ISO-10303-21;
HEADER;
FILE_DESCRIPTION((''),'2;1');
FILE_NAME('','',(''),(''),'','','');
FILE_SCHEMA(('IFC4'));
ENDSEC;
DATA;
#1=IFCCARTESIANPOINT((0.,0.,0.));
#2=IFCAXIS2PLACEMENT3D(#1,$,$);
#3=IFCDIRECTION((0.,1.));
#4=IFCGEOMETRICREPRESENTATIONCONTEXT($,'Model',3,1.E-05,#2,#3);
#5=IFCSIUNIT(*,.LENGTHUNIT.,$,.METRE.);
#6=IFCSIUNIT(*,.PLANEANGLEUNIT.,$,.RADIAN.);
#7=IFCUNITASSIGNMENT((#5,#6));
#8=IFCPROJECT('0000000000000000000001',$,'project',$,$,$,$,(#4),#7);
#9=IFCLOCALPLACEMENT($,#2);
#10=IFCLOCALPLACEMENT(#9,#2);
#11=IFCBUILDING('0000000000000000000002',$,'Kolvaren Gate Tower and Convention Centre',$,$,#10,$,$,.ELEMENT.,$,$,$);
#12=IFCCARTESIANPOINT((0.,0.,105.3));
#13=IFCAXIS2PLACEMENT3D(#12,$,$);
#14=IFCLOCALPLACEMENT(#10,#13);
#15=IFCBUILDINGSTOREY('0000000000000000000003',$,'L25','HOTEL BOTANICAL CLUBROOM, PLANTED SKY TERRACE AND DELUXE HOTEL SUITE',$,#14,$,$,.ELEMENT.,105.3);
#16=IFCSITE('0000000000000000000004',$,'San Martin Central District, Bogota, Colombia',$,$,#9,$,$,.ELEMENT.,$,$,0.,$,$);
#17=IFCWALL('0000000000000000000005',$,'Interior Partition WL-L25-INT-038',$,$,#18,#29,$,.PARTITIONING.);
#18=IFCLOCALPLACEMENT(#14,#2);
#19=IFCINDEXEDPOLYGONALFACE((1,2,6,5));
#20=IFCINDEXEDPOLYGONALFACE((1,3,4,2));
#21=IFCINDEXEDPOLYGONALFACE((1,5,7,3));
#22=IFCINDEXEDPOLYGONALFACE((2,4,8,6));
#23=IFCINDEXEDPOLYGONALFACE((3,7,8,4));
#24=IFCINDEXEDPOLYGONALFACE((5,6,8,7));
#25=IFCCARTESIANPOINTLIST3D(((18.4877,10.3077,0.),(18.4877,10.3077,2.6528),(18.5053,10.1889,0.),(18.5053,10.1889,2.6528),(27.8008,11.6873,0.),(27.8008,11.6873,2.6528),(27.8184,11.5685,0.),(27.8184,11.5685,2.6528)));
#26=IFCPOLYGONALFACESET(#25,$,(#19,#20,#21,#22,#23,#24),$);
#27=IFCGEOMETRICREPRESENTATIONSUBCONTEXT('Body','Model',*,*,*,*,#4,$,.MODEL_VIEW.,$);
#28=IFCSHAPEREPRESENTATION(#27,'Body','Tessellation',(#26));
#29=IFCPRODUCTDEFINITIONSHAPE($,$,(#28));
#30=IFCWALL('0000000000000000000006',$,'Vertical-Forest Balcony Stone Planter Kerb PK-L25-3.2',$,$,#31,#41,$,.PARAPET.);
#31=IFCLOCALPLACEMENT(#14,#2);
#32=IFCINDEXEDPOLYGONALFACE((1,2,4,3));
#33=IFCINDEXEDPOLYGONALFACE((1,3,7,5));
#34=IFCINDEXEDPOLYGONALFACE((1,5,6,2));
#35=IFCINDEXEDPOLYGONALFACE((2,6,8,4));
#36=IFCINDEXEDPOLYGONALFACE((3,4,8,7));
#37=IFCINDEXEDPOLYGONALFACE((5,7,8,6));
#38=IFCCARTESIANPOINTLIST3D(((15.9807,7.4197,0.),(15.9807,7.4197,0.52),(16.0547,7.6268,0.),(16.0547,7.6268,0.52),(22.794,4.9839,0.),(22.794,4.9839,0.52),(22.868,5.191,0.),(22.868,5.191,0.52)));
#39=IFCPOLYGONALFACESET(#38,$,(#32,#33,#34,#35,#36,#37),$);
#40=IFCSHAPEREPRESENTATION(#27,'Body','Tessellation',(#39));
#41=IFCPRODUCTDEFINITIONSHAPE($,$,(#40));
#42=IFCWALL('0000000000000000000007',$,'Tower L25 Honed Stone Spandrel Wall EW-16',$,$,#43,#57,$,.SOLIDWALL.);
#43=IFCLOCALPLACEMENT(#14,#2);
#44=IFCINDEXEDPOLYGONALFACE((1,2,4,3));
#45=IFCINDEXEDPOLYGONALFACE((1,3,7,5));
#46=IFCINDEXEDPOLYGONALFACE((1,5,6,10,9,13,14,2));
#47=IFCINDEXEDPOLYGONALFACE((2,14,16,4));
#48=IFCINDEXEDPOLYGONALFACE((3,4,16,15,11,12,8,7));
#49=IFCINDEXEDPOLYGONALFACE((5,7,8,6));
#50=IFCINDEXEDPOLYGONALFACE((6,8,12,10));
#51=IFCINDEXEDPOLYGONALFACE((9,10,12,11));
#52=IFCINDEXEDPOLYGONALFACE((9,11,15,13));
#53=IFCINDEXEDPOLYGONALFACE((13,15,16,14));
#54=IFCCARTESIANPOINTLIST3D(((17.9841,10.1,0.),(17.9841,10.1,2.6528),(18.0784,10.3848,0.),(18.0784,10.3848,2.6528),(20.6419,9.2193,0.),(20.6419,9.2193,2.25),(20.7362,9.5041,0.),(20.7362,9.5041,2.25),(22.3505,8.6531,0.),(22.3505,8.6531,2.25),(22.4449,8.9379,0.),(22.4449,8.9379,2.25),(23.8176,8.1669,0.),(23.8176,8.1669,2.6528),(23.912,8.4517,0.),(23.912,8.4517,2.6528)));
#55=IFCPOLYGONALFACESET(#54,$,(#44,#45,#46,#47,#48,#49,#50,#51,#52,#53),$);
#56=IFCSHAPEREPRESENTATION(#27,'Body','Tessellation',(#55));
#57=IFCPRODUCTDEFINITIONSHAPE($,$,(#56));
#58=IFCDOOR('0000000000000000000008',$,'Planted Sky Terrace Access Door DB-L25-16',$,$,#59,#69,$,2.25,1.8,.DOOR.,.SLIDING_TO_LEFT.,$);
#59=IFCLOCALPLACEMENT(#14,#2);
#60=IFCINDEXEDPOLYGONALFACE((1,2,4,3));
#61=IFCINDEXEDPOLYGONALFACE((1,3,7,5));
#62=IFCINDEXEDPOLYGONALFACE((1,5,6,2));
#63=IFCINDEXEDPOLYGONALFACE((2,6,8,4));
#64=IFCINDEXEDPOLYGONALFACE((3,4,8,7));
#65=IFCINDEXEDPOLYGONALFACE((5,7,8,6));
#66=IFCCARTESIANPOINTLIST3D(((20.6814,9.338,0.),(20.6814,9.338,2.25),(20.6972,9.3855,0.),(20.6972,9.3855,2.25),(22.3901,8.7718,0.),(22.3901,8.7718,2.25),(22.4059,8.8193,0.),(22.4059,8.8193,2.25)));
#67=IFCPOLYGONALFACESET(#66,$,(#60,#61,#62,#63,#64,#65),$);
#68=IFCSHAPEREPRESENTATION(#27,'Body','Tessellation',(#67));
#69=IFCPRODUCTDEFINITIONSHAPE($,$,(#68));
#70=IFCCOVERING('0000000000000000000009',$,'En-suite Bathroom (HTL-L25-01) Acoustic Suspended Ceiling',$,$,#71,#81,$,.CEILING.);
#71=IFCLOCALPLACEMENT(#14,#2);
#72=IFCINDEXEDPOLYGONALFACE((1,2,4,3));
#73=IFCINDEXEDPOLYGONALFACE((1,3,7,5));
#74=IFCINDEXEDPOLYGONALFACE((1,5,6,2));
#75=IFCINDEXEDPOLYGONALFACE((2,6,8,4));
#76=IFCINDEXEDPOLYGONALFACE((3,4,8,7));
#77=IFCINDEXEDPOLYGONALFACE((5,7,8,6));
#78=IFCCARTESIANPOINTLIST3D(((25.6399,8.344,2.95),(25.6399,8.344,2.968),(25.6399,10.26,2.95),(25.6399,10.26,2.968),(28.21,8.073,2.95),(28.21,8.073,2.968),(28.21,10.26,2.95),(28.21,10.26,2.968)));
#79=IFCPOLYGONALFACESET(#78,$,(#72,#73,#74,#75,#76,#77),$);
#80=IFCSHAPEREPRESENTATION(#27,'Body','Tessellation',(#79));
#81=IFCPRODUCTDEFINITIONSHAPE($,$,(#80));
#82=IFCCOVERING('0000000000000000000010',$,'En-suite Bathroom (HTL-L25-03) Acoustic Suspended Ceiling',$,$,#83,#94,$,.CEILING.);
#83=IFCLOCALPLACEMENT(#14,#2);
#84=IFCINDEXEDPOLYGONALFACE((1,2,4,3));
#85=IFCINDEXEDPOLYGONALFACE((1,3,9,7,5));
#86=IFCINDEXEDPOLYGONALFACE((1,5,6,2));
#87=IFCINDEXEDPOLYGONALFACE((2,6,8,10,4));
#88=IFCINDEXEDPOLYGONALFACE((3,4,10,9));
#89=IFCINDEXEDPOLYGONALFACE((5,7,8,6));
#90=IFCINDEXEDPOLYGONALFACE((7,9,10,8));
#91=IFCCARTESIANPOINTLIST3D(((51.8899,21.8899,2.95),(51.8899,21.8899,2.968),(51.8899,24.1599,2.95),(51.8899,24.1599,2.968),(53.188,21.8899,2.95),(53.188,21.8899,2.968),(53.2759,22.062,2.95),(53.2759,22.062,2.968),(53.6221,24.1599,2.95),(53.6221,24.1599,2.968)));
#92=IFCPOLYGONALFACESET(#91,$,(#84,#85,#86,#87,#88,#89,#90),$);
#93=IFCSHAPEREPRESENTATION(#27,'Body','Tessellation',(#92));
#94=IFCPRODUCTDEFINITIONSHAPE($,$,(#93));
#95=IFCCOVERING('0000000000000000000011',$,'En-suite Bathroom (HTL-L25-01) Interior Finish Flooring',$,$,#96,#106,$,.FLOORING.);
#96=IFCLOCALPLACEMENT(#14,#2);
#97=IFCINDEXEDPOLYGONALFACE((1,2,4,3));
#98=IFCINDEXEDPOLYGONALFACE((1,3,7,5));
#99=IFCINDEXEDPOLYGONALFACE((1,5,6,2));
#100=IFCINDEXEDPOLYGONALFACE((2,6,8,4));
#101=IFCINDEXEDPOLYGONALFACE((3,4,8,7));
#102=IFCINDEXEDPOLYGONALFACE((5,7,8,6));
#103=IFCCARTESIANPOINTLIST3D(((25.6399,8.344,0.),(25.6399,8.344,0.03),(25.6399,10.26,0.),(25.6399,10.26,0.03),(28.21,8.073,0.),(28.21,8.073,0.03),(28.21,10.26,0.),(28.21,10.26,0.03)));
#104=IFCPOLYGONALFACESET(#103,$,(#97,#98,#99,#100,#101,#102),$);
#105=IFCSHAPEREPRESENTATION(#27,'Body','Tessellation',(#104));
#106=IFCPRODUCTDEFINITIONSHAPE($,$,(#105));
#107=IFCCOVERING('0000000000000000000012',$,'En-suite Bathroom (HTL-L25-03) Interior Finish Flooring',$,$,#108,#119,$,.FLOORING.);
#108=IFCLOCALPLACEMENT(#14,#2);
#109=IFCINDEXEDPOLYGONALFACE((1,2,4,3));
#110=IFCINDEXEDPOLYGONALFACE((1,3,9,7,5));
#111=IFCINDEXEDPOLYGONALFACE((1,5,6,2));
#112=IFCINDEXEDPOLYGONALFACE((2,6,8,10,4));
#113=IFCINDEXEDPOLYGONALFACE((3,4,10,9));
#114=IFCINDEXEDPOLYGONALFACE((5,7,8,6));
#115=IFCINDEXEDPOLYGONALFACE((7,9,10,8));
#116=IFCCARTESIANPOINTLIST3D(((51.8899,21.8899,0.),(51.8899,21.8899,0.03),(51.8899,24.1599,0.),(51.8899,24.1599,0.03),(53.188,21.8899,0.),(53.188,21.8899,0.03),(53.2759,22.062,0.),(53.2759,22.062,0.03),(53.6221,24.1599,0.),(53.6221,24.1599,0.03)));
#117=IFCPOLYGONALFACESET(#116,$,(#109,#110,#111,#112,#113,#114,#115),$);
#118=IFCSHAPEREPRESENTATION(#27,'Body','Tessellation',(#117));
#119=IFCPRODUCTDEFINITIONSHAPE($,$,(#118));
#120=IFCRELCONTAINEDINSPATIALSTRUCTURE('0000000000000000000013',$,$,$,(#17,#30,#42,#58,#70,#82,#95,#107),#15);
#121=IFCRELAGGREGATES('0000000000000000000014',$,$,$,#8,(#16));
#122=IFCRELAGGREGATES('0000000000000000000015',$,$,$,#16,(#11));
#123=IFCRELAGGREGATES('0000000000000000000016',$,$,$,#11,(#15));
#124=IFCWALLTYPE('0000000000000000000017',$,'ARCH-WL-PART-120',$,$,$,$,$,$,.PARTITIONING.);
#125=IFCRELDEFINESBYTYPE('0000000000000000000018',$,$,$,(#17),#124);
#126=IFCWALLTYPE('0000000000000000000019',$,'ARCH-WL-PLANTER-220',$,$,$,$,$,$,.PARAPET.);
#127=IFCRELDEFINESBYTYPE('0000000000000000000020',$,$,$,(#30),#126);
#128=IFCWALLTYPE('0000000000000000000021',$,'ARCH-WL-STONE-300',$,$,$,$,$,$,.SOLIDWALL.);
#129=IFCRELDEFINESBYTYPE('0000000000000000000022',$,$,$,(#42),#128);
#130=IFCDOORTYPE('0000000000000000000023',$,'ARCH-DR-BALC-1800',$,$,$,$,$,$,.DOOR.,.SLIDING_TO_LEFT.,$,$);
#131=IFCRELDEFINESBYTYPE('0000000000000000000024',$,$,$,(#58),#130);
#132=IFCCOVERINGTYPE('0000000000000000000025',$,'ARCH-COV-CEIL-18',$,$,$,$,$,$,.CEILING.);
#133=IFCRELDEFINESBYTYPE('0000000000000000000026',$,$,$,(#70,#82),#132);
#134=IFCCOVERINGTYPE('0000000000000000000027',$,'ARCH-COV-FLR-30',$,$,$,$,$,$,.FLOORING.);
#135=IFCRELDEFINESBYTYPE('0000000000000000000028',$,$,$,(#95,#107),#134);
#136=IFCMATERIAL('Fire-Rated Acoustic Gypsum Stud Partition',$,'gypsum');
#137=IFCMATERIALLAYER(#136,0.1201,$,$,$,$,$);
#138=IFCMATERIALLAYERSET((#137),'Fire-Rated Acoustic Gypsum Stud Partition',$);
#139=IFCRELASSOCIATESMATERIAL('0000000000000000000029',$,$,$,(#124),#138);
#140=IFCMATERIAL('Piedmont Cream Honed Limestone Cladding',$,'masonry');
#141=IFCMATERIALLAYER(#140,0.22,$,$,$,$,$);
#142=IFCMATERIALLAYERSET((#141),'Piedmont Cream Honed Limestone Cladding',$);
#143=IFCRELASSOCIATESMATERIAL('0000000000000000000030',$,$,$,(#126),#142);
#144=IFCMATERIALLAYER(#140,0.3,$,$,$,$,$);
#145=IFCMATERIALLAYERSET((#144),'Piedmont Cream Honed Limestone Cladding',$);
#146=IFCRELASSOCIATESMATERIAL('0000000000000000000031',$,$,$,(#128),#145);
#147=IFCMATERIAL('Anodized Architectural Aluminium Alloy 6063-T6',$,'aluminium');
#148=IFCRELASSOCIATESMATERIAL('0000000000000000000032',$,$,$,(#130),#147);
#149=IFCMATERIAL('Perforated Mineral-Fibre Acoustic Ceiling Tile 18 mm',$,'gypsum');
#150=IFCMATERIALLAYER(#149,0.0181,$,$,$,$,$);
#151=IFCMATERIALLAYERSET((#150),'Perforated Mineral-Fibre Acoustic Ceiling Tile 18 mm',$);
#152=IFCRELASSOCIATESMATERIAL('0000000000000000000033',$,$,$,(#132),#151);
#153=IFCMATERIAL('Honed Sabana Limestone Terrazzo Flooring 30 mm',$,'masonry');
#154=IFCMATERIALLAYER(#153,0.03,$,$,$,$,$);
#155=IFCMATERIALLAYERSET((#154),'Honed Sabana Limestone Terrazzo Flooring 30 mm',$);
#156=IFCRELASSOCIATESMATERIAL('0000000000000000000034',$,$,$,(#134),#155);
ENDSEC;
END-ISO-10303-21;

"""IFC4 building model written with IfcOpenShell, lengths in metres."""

from ifc_helpers import new_model, si_unit, direction, frame, frame_2d, origin, place, context, subcontext, project, spatial, polyline, rectangle, outline, extrude, material, layer, layer_set, type_object, element, fill, save


model = new_model("IFC4")

# Units and contexts
model_context = context("Model", 3, precision=1e-05, world=origin(), true_north=direction((0.0, 1.0)))
body_context = subcontext(model_context, "Body", "Model", "MODEL_VIEW")
ifc_project = project(units=[si_unit("LENGTHUNIT", "METRE"), si_unit("PLANEANGLEUNIT", "RADIAN")], contexts=[model_context])

# Site, building, storey
site_placement = place(None, origin())
site = spatial("IfcSite", under=ifc_project, at=site_placement, Name="San Martin Central District, Bogota, Colombia", CompositionType="ELEMENT", RefElevation=0.0)
building_placement = place(site_placement, origin())
building = spatial("IfcBuilding", under=site, at=building_placement, Name="Kolvaren Gate Tower and Convention Centre", CompositionType="ELEMENT")
storey_placement = place(building_placement, frame((0.0, 0.0, 105.3)))
storey = spatial("IfcBuildingStorey", under=building, at=storey_placement, Name="L25", Description="HOTEL BOTANICAL CLUBROOM, PLANTED SKY TERRACE AND DELUXE HOTEL SUITE", CompositionType="ELEMENT", Elevation=105.3)

# Walls
ifc_material_1 = material(Name="Fire-Rated Acoustic Gypsum Stud Partition", Category="gypsum")
ifc_layer_1 = layer(ifc_material_1, 0.1201)
ifc_layer_set_1 = layer_set([ifc_layer_1], Name="Fire-Rated Acoustic Gypsum Stud Partition")
wall_type_1 = type_object("IfcWallType", Name="ARCH-WL-PART-120", PredefinedType="PARTITIONING", material=ifc_layer_set_1)
wall_1_placement = place(storey_placement, frame((18.4963, 10.2483, 0.0), z_axis=(0.0, 0.0, 1.0), x_axis=(0.989205, 0.146538, 0.0)))
element("IfcWall", 1, at=wall_1_placement, inside=storey, type_object=wall_type_1, Name="Interior Partition WL-L25-INT-038", PredefinedType="PARTITIONING", context=body_context, shape_type="SweptSolid", body=[
    extrude(rectangle(XDim=9.4148, YDim=0.1201, at=frame_2d((4.7075, 0.0))), origin(), (0.0, 0.0, 1.0), 2.6528),
])
ifc_material_2 = material(Name="Piedmont Cream Honed Limestone Cladding", Category="masonry")
ifc_layer_2 = layer(ifc_material_2, 0.22)
ifc_layer_set_2 = layer_set([ifc_layer_2], Name="Piedmont Cream Honed Limestone Cladding")
wall_type_2 = type_object("IfcWallType", Name="ARCH-WL-PLANTER-220", PredefinedType="PARAPET", material=ifc_layer_set_2)
wall_2_placement = place(storey_placement, frame((16.0178, 7.5232, 0.0), z_axis=(0.0, 0.0, 1.0), x_axis=(0.941633, -0.336642, 0.0)))
element("IfcWall", 2, at=wall_2_placement, inside=storey, type_object=wall_type_2, Name="Vertical-Forest Balcony Stone Planter Kerb PK-L25-3.2", PredefinedType="PARAPET", context=body_context, shape_type="SweptSolid", body=[
    extrude(rectangle(XDim=7.2356, YDim=0.22, at=frame_2d((3.6177, 0.0))), origin(), (0.0, 0.0, 1.0), 0.52),
])

# Wall, opening, door
ifc_layer_3 = layer(ifc_material_2, 0.3)
ifc_layer_set_3 = layer_set([ifc_layer_3], Name="Piedmont Cream Honed Limestone Cladding")
wall_type_3 = type_object("IfcWallType", Name="ARCH-WL-STONE-300", PredefinedType="SOLIDWALL", material=ifc_layer_set_3)
wall_3_placement = place(storey_placement, frame((18.0312, 10.2424, 0.0), z_axis=(0.0, 0.0, 1.0), x_axis=(0.949238, -0.314559, 0.0)))
wall_3 = element("IfcWall", 3, at=wall_3_placement, inside=storey, type_object=wall_type_3, Name="Tower L25 Honed Stone Spandrel Wall EW-16", PredefinedType="SOLIDWALL", context=body_context, shape_type="SweptSolid", body=[
    extrude(rectangle(XDim=6.1455, YDim=0.3, at=frame_2d((3.0728, 0.0))), origin(), (0.0, 0.0, 1.0), 2.6528),
])
opening_placement = place(wall_3_placement, frame((2.8, 0.0, 0.0)))
opening = element("IfcOpeningElement", 4, at=opening_placement, cuts=wall_3, PredefinedType="OPENING", context=body_context, shape_type="SweptSolid", body=[
    extrude(rectangle(XDim=1.8, YDim=2.25, at=frame_2d((0.8999, 1.125))), frame((0.0, 0.1599, 0.0), z_axis=(0.0, -1.0, 0.0), x_axis=(1.0, 0.0, 0.0)), (0.0, 0.0, 1.0), 0.3201),
])
ifc_material_3 = material(Name="Anodized Architectural Aluminium Alloy 6063-T6", Category="aluminium")
door_type = type_object("IfcDoorType", Name="ARCH-DR-BALC-1800", OperationType="SLIDING_TO_LEFT", PredefinedType="DOOR", material=ifc_material_3)
door_placement = place(opening_placement, frame((1.8, 0.0, 0.0), z_axis=(0.0, 0.0, 1.0), x_axis=(-1.0, 0.0, 0.0)))
door = element("IfcDoor", 5, at=door_placement, inside=storey, type_object=door_type, Name="Planted Sky Terrace Access Door DB-L25-16", OperationType="SLIDING_TO_LEFT", OverallHeight=2.25, OverallWidth=1.8, PredefinedType="DOOR", context=body_context, shape_type="SweptSolid", body=[
    extrude(rectangle(XDim=1.8, YDim=2.25, at=frame_2d((0.8999, 1.125))), frame((0.0, 0.0249, 0.0), z_axis=(0.0, -1.0, 0.0), x_axis=(1.0, 0.0, 0.0)), (0.0, 0.0, 1.0), 0.05),
])
fill(opening, door)

# Coverings
ifc_material_4 = material(Name="Perforated Mineral-Fibre Acoustic Ceiling Tile 18 mm", Category="gypsum")
ifc_layer_4 = layer(ifc_material_4, 0.0181)
ifc_layer_set_4 = layer_set([ifc_layer_4], Name="Perforated Mineral-Fibre Acoustic Ceiling Tile 18 mm")
covering_type_1 = type_object("IfcCoveringType", Name="ARCH-COV-CEIL-18", PredefinedType="CEILING", material=ifc_layer_set_4)
covering_1_placement = place(storey_placement, frame((0.0, 0.0, 2.95)))
element("IfcCovering", 6, at=covering_1_placement, inside=storey, type_object=covering_type_1, Name="En-suite Bathroom (HTL-L25-01) Acoustic Suspended Ceiling", PredefinedType="CEILING", context=body_context, shape_type="SweptSolid", body=[
    extrude(outline(polyline([(25.6399, 10.26), (28.21, 10.26), (28.21, 8.073), (25.6399, 8.344), (25.6399, 10.26)])), origin(), (0.0, 0.0, 1.0), 0.0181),
])
covering_2_placement = place(storey_placement, frame((0.0, 0.0, 2.95)))
element("IfcCovering", 7, at=covering_2_placement, inside=storey, type_object=covering_type_1, Name="En-suite Bathroom (HTL-L25-03) Acoustic Suspended Ceiling", PredefinedType="CEILING", context=body_context, shape_type="SweptSolid", body=[
    extrude(outline(polyline([(51.8899, 21.8899), (51.8899, 24.1599), (53.6221, 24.1599), (53.2759, 22.062), (53.188, 21.8899), (51.8899, 21.8899)])), origin(), (0.0, 0.0, 1.0), 0.0181),
])
ifc_material_5 = material(Name="Honed Sabana Limestone Terrazzo Flooring 30 mm", Category="masonry")
ifc_layer_5 = layer(ifc_material_5, 0.03)
ifc_layer_set_5 = layer_set([ifc_layer_5], Name="Honed Sabana Limestone Terrazzo Flooring 30 mm")
covering_type_2 = type_object("IfcCoveringType", Name="ARCH-COV-FLR-30", PredefinedType="FLOORING", material=ifc_layer_set_5)
covering_3_placement = place(storey_placement, origin())
element("IfcCovering", 8, at=covering_3_placement, inside=storey, type_object=covering_type_2, Name="En-suite Bathroom (HTL-L25-01) Interior Finish Flooring", PredefinedType="FLOORING", context=body_context, shape_type="SweptSolid", body=[
    extrude(outline(polyline([(25.6399, 10.26), (28.21, 10.26), (28.21, 8.073), (25.6399, 8.344), (25.6399, 10.26)])), origin(), (0.0, 0.0, 1.0), 0.03),
])
covering_4_placement = place(storey_placement, origin())
element("IfcCovering", 9, at=covering_4_placement, inside=storey, type_object=covering_type_2, Name="En-suite Bathroom (HTL-L25-03) Interior Finish Flooring", PredefinedType="FLOORING", context=body_context, shape_type="SweptSolid", body=[
    extrude(outline(polyline([(51.8899, 21.8899), (51.8899, 24.1599), (53.6221, 24.1599), (53.2759, 22.062), (53.188, 21.8899), (51.8899, 21.8899)])), origin(), (0.0, 0.0, 1.0), 0.03),
])

save(model, "model.ifc")
